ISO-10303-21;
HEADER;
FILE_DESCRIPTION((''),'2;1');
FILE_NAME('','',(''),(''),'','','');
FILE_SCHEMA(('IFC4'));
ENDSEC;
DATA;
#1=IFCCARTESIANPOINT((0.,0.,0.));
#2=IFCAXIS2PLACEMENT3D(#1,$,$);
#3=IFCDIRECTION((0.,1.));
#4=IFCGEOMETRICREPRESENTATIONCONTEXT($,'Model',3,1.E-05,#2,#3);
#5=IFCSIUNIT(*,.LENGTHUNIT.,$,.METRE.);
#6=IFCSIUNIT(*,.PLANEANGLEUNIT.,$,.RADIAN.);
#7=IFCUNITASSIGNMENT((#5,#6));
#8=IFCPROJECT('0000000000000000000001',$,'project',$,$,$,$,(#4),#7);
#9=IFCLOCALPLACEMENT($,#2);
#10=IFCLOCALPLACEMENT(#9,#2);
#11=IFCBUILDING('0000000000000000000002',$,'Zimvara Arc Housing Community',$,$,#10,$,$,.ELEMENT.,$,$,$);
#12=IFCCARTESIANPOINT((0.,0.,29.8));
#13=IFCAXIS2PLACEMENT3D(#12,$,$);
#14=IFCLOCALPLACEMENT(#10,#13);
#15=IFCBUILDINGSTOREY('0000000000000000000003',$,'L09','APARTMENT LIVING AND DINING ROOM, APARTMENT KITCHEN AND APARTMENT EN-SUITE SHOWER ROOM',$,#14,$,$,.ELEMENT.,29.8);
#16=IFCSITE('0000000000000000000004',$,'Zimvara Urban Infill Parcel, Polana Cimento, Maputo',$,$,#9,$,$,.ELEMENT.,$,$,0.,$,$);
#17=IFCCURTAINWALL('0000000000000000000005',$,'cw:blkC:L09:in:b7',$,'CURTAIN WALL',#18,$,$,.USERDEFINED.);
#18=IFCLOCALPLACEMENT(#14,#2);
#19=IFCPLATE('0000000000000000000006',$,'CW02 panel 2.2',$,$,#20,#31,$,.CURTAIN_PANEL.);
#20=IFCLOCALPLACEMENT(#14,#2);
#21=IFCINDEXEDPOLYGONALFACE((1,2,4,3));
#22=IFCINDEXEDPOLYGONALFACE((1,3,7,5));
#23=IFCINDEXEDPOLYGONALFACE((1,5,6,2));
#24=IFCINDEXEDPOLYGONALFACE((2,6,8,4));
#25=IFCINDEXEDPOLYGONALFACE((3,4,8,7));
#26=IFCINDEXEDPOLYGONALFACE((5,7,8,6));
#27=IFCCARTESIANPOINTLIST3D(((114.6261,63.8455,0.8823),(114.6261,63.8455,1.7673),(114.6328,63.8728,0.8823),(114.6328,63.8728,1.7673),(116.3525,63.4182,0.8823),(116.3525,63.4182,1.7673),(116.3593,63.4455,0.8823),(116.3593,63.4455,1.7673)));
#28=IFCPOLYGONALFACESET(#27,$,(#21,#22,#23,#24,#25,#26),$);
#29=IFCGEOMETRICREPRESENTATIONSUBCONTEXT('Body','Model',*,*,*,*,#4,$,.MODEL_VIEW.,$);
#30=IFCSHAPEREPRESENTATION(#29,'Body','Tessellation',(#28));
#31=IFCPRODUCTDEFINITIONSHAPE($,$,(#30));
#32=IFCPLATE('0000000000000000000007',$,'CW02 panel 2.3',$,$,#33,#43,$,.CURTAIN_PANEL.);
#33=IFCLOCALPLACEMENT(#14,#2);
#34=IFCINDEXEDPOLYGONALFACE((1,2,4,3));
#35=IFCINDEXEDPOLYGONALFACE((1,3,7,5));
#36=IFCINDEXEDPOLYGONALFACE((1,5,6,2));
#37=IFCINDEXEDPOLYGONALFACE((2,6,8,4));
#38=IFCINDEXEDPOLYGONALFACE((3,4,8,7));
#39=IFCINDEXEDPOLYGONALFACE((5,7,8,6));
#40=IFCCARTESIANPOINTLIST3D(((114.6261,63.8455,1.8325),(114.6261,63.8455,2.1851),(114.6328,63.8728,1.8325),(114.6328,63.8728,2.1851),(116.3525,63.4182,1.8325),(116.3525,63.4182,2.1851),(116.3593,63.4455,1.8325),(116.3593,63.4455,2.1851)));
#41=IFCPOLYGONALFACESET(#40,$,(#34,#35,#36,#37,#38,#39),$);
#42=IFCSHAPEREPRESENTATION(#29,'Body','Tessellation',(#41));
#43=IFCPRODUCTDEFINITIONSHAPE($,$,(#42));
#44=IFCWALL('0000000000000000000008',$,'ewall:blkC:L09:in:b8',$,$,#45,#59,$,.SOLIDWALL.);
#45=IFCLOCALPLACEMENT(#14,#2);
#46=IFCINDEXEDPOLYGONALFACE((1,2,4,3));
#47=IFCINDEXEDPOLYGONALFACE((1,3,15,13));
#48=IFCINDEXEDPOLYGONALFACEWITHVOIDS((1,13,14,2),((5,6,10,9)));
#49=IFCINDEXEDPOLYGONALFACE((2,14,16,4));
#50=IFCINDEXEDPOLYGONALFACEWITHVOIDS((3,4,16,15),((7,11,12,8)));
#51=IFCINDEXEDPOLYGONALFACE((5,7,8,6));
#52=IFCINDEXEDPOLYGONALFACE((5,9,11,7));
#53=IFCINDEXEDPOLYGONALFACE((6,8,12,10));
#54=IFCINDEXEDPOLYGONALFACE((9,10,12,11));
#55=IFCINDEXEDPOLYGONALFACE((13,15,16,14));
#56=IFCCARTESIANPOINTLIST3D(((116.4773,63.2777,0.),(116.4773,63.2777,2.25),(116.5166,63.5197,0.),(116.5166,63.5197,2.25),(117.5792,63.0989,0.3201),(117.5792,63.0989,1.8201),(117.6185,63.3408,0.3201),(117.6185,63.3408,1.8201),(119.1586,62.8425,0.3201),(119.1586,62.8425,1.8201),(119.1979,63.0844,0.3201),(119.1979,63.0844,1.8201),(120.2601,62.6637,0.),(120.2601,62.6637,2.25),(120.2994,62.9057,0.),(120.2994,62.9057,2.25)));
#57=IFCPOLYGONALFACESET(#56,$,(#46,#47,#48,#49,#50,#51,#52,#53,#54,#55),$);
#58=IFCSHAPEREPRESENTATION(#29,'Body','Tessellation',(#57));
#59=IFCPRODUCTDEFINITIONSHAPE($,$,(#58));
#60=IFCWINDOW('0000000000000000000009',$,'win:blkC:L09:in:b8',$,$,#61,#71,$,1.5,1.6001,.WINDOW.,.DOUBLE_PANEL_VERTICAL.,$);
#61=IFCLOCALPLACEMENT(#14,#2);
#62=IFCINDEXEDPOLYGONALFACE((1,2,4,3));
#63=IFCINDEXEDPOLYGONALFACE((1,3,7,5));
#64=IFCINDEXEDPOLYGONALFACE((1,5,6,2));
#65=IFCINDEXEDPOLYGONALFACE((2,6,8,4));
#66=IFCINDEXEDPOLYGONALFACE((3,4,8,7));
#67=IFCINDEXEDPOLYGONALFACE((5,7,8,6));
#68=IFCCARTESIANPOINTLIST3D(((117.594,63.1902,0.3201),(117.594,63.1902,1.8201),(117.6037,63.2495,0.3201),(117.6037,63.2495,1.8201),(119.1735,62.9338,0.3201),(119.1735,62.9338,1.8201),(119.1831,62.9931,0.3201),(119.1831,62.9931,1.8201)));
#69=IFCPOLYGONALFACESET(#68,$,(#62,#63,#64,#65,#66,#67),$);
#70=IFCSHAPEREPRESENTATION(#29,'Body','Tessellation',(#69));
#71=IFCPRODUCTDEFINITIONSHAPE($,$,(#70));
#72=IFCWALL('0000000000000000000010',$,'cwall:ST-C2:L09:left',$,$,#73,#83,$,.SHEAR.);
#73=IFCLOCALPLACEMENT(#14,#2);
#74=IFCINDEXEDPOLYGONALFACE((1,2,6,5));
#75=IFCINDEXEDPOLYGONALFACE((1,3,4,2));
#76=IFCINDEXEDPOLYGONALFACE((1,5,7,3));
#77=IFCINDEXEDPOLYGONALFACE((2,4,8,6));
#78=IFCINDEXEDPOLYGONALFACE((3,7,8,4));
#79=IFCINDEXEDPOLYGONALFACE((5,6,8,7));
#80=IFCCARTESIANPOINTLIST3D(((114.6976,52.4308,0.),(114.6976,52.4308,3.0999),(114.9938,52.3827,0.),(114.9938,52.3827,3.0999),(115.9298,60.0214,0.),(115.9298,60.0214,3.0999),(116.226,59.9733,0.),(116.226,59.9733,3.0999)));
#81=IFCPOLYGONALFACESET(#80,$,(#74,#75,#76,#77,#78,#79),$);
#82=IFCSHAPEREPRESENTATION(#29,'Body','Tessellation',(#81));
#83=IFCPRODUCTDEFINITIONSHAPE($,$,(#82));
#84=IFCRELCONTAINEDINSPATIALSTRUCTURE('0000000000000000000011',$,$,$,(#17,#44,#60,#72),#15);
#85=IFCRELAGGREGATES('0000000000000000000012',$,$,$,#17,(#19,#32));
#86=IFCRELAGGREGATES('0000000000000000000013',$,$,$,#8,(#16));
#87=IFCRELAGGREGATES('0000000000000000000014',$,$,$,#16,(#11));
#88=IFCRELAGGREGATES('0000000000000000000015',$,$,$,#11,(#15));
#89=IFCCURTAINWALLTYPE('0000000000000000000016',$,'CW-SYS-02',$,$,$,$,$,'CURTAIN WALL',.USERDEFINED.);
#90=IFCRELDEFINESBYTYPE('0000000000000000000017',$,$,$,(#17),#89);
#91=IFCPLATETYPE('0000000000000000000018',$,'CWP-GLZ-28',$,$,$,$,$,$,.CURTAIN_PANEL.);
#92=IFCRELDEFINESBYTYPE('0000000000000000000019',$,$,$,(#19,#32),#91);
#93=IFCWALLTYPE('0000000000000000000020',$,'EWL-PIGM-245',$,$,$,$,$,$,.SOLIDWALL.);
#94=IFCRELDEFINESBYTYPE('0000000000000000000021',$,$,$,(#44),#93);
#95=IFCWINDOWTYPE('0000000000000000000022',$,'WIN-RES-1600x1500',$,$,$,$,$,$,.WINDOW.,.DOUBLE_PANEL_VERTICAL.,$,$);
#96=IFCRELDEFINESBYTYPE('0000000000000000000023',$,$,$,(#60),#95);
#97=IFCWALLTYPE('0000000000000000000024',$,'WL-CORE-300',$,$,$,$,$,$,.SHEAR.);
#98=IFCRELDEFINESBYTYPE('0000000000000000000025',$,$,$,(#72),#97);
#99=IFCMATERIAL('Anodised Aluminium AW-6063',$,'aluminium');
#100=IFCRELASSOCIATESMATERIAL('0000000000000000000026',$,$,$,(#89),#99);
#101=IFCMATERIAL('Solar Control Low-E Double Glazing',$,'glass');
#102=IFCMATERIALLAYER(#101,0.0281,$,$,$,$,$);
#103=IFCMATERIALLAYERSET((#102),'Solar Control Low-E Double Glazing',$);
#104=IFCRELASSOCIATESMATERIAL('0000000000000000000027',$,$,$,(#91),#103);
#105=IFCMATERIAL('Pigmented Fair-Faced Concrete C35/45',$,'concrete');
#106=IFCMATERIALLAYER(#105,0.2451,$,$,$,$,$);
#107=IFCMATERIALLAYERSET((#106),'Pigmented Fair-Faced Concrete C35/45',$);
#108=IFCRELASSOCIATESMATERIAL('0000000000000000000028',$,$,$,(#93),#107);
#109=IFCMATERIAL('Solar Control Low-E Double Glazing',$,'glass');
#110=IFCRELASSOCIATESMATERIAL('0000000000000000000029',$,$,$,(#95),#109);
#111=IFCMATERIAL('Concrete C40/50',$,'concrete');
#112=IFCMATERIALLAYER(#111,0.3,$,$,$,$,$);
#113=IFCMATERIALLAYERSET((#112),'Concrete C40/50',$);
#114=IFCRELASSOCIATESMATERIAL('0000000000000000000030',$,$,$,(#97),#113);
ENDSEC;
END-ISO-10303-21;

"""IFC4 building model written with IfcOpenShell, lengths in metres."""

from ifc_helpers import new_model, si_unit, direction, frame, frame_2d, origin, origin_2d, place, context, subcontext, project, spatial, rectangle, extrude, material, layer, layer_set, type_object, element, fill, aggregate, save


model = new_model("IFC4")

# Units and contexts
model_context = context("Model", 3, precision=1e-05, world=origin(), true_north=direction((0.0, 1.0)))
body_context = subcontext(model_context, "Body", "Model", "MODEL_VIEW")
ifc_project = project(units=[si_unit("LENGTHUNIT", "METRE"), si_unit("PLANEANGLEUNIT", "RADIAN")], contexts=[model_context])

# Site, building, storey
site_placement = place(None, origin())
site = spatial("IfcSite", under=ifc_project, at=site_placement, Name="Zimvara Urban Infill Parcel, Polana Cimento, Maputo", CompositionType="ELEMENT", RefElevation=0.0)
building_placement = place(site_placement, origin())
building = spatial("IfcBuilding", under=site, at=building_placement, Name="Zimvara Arc Housing Community", CompositionType="ELEMENT")
storey_placement = place(building_placement, frame((0.0, 0.0, 29.8)))
storey = spatial("IfcBuildingStorey", under=building, at=storey_placement, Name="L09", Description="APARTMENT LIVING AND DINING ROOM, APARTMENT KITCHEN AND APARTMENT EN-SUITE SHOWER ROOM", CompositionType="ELEMENT", Elevation=29.8)

# Curtain wall
ifc_material_1 = material(Name="Anodised Aluminium AW-6063", Category="aluminium")
curtain_wall_type_1 = type_object("IfcCurtainWallType", Name="CW-SYS-02", ElementType="CURTAIN WALL", PredefinedType="USERDEFINED", material=ifc_material_1)
curtain_wall_1_placement = place(storey_placement, origin())
curtain_wall_1 = element("IfcCurtainWall", 1, at=curtain_wall_1_placement, inside=storey, type_object=curtain_wall_type_1, Name="cw:blkC:L09:in:b7", ObjectType="CURTAIN WALL", PredefinedType="USERDEFINED")

# Plates
ifc_material_2 = material(Name="Solar Control Low-E Double Glazing", Category="glass")
ifc_layer_1 = layer(ifc_material_2, 0.0281)
ifc_layer_set_1 = layer_set([ifc_layer_1], Name="Solar Control Low-E Double Glazing")
plate_type = type_object("IfcPlateType", Name="CWP-GLZ-28", PredefinedType="CURTAIN_PANEL", material=ifc_layer_set_1)
plate_1_placement = place(storey_placement, frame((115.4927, 63.6455, 0.8823), z_axis=(0.0, 0.0, 1.0), x_axis=(0.970716, -0.240229, 0.0)))
plate_1 = element("IfcPlate", 2, at=plate_1_placement, type_object=plate_type, Name="CW02 panel 2.2", PredefinedType="CURTAIN_PANEL", context=body_context, shape_type="SweptSolid", body=[
    extrude(rectangle(XDim=1.7786, YDim=0.0281, at=origin_2d()), origin(), (0.0, 0.0, 1.0), 0.885),
])
plate_2_placement = place(storey_placement, frame((115.4927, 63.6455, 1.8325), z_axis=(0.0, 0.0, 1.0), x_axis=(0.970716, -0.240229, 0.0)))
plate_2 = element("IfcPlate", 3, at=plate_2_placement, type_object=plate_type, Name="CW02 panel 2.3", PredefinedType="CURTAIN_PANEL", context=body_context, shape_type="SweptSolid", body=[
    extrude(rectangle(XDim=1.7786, YDim=0.0281, at=origin_2d()), origin(), (0.0, 0.0, 1.0), 0.3525),
])
aggregate(curtain_wall_1, [plate_1, plate_2])

# Wall, opening, window
ifc_material_3 = material(Name="Pigmented Fair-Faced Concrete C35/45", Category="concrete")
ifc_layer_2 = layer(ifc_material_3, 0.2451)
ifc_layer_set_2 = layer_set([ifc_layer_2], Name="Pigmented Fair-Faced Concrete C35/45")
wall_type_1 = type_object("IfcWallType", Name="EWL-PIGM-245", PredefinedType="SOLIDWALL", material=ifc_layer_set_2)
wall_1_placement = place(storey_placement, frame((116.4971, 63.3987, 0.0), z_axis=(0.0, 0.0, 1.0), x_axis=(0.987081, -0.160224, 0.0)))
wall_1 = element("IfcWall", 4, at=wall_1_placement, inside=storey, type_object=wall_type_1, Name="ewall:blkC:L09:in:b8", PredefinedType="SOLIDWALL", context=body_context, shape_type="SweptSolid", body=[
    extrude(rectangle(XDim=3.8323, YDim=0.2451, at=frame_2d((1.916, 0.0))), origin(), (0.0, 0.0, 1.0), 2.25),
])
opening_1_placement = place(wall_1_placement, frame((1.1162, 0.0, 0.3201)))
opening_1 = element("IfcOpeningElement", 5, at=opening_1_placement, cuts=wall_1, PredefinedType="OPENING", context=body_context, shape_type="SweptSolid", body=[
    extrude(rectangle(XDim=1.6001, YDim=1.5, at=frame_2d((0.8, 0.75))), frame((0.0, 0.1326, 0.0), z_axis=(0.0, -1.0, 0.0), x_axis=(1.0, 0.0, 0.0)), (0.0, 0.0, 1.0), 0.2651),
])
ifc_material_4 = material(Name="Solar Control Low-E Double Glazing", Category="glass")
window_type = type_object("IfcWindowType", Name="WIN-RES-1600x1500", PartitioningType="DOUBLE_PANEL_VERTICAL", PredefinedType="WINDOW", material=ifc_material_4)
window_placement = place(opening_1_placement, origin())
window = element("IfcWindow", 6, at=window_placement, inside=storey, type_object=window_type, Name="win:blkC:L09:in:b8", OverallHeight=1.5, OverallWidth=1.6001, PartitioningType="DOUBLE_PANEL_VERTICAL", PredefinedType="WINDOW", context=body_context, shape_type="SweptSolid", body=[
    extrude(rectangle(XDim=1.6001, YDim=1.5, at=frame_2d((0.8, 0.75))), frame((0.0, 0.03, 0.0), z_axis=(0.0, -1.0, 0.0), x_axis=(1.0, 0.0, 0.0)), (0.0, 0.0, 1.0), 0.0601),
])
fill(opening_1, window)

# Shared definitions
ifc_material_5 = material(Name="Concrete C40/50", Category="concrete")
ifc_layer_3 = layer(ifc_material_5, 0.3)
ifc_layer_set_3 = layer_set([ifc_layer_3], Name="Concrete C40/50")
wall_type_2 = type_object("IfcWallType", Name="WL-CORE-300", PredefinedType="SHEAR", material=ifc_layer_set_3)

# Wall
wall_2_placement = place(storey_placement, frame((116.0779, 59.9973, 0.0), z_axis=(0.0, 0.0, 1.0), x_axis=(-0.160233, -0.987079, 0.0)))
element("IfcWall", 7, at=wall_2_placement, inside=storey, type_object=wall_type_2, Name="cwall:ST-C2:L09:left", PredefinedType="SHEAR", context=body_context, shape_type="SweptSolid", body=[
    extrude(rectangle(XDim=7.6899, YDim=0.3, at=frame_2d((3.845, 0.0))), origin(), (0.0, 0.0, 1.0), 3.0999),
])

save(model, "model.ifc")
